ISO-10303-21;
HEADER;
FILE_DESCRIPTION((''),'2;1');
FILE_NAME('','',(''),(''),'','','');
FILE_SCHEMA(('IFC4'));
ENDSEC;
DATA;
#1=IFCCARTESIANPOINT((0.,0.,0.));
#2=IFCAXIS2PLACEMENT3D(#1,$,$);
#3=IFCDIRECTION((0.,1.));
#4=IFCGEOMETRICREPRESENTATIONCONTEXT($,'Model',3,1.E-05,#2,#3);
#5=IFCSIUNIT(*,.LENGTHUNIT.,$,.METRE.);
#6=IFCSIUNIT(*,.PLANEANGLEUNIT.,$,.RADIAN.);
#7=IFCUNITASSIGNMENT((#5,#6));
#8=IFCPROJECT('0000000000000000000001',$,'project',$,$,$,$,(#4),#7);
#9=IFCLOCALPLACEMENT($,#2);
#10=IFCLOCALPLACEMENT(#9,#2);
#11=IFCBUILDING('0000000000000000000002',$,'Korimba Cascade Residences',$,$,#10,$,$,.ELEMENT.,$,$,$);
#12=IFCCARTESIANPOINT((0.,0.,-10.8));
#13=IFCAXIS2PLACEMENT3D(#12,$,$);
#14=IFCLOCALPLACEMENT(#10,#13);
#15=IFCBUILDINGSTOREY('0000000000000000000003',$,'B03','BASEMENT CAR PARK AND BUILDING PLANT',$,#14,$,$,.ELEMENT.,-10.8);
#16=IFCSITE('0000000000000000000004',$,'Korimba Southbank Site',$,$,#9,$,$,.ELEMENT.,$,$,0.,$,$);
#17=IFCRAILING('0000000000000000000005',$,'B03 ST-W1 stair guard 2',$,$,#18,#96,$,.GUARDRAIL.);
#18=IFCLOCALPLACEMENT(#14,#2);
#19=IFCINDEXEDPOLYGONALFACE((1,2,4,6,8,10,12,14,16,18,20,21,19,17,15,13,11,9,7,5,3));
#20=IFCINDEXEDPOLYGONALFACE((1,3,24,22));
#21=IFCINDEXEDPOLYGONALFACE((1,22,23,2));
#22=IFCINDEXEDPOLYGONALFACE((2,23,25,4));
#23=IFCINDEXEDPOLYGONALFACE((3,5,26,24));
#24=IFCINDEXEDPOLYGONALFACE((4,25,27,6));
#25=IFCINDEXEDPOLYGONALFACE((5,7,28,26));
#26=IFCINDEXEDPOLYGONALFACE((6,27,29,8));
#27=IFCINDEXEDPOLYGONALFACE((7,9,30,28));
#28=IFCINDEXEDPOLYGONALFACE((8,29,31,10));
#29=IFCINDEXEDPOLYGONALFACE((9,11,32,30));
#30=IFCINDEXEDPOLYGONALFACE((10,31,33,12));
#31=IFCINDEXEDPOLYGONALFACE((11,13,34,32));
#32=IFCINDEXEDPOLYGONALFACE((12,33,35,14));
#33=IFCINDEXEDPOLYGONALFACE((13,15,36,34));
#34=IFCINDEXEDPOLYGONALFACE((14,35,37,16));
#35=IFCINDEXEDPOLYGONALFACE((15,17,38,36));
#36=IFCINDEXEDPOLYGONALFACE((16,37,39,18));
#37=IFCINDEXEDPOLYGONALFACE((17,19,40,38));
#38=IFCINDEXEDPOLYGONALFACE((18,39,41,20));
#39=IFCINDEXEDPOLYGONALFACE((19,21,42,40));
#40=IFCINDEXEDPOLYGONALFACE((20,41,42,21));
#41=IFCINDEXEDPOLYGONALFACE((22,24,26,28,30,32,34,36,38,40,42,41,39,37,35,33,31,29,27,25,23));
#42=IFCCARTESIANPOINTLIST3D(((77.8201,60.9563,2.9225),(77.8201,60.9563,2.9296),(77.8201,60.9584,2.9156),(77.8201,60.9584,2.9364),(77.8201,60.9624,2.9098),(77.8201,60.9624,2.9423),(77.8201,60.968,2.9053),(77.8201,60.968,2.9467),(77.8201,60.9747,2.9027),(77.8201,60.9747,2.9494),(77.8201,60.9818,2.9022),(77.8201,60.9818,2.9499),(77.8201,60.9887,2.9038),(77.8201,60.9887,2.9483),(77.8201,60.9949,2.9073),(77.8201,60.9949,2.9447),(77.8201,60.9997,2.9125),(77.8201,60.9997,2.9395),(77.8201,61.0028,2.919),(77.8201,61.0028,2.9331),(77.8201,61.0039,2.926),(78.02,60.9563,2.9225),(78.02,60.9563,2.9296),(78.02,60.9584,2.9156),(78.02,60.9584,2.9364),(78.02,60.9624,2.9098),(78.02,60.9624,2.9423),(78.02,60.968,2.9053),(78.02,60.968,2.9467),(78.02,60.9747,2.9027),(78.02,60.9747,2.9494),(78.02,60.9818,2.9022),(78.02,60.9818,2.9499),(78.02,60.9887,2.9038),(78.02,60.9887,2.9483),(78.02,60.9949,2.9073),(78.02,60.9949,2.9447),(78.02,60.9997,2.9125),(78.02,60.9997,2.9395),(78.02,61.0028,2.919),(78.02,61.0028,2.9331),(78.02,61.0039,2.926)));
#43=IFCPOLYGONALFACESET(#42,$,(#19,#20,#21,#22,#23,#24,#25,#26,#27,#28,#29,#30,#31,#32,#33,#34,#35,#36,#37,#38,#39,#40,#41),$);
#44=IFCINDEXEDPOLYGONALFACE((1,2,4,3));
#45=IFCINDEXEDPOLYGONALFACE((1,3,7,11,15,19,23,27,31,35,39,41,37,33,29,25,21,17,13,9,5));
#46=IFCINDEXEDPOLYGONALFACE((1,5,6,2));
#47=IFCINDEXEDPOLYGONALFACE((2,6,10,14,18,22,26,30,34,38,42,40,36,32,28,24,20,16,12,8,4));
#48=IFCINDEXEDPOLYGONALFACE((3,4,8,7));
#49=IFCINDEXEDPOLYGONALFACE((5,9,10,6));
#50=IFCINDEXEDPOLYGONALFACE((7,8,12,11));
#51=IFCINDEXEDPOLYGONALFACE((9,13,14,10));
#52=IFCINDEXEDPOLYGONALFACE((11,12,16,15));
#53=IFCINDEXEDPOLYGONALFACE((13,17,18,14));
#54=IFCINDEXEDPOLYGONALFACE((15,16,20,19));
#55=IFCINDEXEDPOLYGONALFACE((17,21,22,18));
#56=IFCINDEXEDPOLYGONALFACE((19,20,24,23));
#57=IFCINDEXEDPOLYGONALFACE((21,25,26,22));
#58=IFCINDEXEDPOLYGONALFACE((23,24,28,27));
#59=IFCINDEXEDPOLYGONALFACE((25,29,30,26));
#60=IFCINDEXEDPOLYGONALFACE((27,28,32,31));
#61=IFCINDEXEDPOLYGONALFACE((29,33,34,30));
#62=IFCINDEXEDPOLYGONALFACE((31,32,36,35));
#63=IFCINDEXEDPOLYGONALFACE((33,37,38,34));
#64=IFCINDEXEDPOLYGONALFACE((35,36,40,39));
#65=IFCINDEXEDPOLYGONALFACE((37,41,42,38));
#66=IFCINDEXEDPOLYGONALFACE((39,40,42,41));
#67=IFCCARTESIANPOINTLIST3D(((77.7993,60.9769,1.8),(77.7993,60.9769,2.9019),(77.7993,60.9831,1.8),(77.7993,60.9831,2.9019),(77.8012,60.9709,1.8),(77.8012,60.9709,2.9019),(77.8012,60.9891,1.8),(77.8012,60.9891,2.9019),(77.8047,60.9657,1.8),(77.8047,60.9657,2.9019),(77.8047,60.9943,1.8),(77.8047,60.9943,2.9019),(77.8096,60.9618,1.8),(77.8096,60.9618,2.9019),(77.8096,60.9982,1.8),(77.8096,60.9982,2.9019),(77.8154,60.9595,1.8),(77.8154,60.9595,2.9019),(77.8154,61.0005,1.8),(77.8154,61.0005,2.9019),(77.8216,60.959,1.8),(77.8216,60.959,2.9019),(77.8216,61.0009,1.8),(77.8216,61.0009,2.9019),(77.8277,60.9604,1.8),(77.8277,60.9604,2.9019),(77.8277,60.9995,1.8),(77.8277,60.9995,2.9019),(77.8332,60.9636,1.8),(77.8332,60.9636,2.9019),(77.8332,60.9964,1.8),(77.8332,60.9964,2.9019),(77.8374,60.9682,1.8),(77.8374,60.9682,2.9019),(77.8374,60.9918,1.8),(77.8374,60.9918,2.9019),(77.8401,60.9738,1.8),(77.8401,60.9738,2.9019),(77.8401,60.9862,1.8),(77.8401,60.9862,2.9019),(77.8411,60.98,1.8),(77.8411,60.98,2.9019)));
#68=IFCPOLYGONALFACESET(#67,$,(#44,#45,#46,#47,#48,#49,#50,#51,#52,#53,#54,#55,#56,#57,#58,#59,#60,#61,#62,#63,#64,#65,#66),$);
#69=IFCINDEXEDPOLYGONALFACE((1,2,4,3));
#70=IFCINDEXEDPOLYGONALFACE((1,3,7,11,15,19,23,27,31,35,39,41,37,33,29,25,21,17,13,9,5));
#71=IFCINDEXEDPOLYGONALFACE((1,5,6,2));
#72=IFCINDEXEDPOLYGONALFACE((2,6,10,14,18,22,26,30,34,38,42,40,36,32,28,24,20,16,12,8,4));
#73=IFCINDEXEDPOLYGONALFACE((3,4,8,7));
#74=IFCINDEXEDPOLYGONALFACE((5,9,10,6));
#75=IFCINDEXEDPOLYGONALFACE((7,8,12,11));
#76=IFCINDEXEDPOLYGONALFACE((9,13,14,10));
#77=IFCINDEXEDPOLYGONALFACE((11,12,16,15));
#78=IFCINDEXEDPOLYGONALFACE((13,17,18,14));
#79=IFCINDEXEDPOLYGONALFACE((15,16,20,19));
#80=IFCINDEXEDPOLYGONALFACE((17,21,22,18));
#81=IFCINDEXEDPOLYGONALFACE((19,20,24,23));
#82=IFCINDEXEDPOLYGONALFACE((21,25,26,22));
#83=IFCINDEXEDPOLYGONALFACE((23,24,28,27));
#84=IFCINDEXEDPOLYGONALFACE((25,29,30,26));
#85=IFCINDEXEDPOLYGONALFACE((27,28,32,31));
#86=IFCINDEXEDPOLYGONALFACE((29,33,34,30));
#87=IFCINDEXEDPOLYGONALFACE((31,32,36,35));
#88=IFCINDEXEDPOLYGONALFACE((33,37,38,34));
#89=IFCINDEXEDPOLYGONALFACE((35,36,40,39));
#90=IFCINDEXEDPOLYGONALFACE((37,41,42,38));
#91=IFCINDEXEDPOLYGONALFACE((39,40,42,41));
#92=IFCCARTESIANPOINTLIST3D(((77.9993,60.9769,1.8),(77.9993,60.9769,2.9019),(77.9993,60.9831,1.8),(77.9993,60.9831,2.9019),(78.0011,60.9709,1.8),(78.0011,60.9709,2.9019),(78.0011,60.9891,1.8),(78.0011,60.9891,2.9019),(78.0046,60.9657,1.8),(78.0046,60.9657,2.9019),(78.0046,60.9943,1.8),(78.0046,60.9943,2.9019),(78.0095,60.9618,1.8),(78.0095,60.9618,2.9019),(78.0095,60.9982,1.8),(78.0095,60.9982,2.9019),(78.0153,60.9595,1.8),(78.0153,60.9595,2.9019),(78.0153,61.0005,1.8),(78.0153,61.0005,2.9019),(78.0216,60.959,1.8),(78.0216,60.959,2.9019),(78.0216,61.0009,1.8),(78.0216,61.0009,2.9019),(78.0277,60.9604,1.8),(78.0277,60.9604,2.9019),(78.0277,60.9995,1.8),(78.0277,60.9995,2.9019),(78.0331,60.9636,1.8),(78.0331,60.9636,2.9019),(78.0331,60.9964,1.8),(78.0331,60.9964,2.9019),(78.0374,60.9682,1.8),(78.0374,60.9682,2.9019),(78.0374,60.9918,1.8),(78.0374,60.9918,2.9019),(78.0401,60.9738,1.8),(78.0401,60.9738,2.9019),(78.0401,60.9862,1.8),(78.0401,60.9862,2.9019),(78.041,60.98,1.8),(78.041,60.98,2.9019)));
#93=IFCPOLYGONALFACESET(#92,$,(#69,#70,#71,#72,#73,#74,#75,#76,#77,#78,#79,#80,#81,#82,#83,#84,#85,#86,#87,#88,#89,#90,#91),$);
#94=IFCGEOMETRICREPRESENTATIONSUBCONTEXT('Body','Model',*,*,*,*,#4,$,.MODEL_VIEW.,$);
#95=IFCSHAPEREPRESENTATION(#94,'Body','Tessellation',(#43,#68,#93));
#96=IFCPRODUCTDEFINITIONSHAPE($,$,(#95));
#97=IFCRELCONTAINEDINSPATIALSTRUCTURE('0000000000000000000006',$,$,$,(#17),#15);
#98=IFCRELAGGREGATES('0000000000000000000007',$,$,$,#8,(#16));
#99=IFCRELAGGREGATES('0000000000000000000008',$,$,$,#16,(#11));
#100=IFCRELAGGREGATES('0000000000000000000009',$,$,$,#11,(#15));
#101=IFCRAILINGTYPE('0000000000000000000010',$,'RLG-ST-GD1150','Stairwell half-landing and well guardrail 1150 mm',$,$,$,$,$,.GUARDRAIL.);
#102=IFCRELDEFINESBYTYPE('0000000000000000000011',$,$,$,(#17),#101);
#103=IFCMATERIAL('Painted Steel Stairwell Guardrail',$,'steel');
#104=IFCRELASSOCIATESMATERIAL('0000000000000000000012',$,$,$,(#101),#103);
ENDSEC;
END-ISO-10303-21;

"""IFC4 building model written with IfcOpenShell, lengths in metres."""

from ifc_helpers import new_model, si_unit, direction, frame, origin, origin_2d, place, context, subcontext, project, spatial, circle, extrude, material, type_object, element, save


model = new_model("IFC4")

# Units and contexts
model_context = context("Model", 3, precision=1e-05, world=origin(), true_north=direction((0.0, 1.0)))
body_context = subcontext(model_context, "Body", "Model", "MODEL_VIEW")
ifc_project = project(units=[si_unit("LENGTHUNIT", "METRE"), si_unit("PLANEANGLEUNIT", "RADIAN")], contexts=[model_context])

# Site, building, storey
site_placement = place(None, origin())
site = spatial("IfcSite", under=ifc_project, at=site_placement, Name="Korimba Southbank Site", CompositionType="ELEMENT", RefElevation=0.0)
building_placement = place(site_placement, origin())
building = spatial("IfcBuilding", under=site, at=building_placement, Name="Korimba Cascade Residences", CompositionType="ELEMENT")
storey_placement = place(building_placement, frame((0.0, 0.0, -10.8)))
storey = spatial("IfcBuildingStorey", under=building, at=storey_placement, Name="B03", Description="BASEMENT CAR PARK AND BUILDING PLANT", CompositionType="ELEMENT", Elevation=-10.8)

# Railing
ifc_material_1 = material(Name="Painted Steel Stairwell Guardrail", Category="steel")
railing_type_1 = type_object("IfcRailingType", Name="RLG-ST-GD1150", Description="Stairwell half-landing and well guardrail 1150 mm", PredefinedType="GUARDRAIL", material=ifc_material_1)
railing_1_placement = place(storey_placement, frame((77.8201, 60.98, 1.8)))
element("IfcRailing", 1, at=railing_1_placement, inside=storey, type_object=railing_type_1, Name="B03 ST-W1 stair guard 2", PredefinedType="GUARDRAIL", context=body_context, shape_type="SweptSolid", body=[
    extrude(circle(Radius=0.0239, at=origin_2d()), frame((0.0, 0.0, 1.126), z_axis=(1.0, 0.0, 0.0), x_axis=(0.0, 1.0, 0.0)), (0.0, 0.0, 1.0), 0.2),
    extrude(circle(Radius=0.021, at=origin_2d()), origin(), (0.0, 0.0, 1.0), 1.1018),
    extrude(circle(Radius=0.021, at=origin_2d()), frame((0.2, 0.0, 0.0)), (0.0, 0.0, 1.0), 1.1018),
])

save(model, "model.ifc")
